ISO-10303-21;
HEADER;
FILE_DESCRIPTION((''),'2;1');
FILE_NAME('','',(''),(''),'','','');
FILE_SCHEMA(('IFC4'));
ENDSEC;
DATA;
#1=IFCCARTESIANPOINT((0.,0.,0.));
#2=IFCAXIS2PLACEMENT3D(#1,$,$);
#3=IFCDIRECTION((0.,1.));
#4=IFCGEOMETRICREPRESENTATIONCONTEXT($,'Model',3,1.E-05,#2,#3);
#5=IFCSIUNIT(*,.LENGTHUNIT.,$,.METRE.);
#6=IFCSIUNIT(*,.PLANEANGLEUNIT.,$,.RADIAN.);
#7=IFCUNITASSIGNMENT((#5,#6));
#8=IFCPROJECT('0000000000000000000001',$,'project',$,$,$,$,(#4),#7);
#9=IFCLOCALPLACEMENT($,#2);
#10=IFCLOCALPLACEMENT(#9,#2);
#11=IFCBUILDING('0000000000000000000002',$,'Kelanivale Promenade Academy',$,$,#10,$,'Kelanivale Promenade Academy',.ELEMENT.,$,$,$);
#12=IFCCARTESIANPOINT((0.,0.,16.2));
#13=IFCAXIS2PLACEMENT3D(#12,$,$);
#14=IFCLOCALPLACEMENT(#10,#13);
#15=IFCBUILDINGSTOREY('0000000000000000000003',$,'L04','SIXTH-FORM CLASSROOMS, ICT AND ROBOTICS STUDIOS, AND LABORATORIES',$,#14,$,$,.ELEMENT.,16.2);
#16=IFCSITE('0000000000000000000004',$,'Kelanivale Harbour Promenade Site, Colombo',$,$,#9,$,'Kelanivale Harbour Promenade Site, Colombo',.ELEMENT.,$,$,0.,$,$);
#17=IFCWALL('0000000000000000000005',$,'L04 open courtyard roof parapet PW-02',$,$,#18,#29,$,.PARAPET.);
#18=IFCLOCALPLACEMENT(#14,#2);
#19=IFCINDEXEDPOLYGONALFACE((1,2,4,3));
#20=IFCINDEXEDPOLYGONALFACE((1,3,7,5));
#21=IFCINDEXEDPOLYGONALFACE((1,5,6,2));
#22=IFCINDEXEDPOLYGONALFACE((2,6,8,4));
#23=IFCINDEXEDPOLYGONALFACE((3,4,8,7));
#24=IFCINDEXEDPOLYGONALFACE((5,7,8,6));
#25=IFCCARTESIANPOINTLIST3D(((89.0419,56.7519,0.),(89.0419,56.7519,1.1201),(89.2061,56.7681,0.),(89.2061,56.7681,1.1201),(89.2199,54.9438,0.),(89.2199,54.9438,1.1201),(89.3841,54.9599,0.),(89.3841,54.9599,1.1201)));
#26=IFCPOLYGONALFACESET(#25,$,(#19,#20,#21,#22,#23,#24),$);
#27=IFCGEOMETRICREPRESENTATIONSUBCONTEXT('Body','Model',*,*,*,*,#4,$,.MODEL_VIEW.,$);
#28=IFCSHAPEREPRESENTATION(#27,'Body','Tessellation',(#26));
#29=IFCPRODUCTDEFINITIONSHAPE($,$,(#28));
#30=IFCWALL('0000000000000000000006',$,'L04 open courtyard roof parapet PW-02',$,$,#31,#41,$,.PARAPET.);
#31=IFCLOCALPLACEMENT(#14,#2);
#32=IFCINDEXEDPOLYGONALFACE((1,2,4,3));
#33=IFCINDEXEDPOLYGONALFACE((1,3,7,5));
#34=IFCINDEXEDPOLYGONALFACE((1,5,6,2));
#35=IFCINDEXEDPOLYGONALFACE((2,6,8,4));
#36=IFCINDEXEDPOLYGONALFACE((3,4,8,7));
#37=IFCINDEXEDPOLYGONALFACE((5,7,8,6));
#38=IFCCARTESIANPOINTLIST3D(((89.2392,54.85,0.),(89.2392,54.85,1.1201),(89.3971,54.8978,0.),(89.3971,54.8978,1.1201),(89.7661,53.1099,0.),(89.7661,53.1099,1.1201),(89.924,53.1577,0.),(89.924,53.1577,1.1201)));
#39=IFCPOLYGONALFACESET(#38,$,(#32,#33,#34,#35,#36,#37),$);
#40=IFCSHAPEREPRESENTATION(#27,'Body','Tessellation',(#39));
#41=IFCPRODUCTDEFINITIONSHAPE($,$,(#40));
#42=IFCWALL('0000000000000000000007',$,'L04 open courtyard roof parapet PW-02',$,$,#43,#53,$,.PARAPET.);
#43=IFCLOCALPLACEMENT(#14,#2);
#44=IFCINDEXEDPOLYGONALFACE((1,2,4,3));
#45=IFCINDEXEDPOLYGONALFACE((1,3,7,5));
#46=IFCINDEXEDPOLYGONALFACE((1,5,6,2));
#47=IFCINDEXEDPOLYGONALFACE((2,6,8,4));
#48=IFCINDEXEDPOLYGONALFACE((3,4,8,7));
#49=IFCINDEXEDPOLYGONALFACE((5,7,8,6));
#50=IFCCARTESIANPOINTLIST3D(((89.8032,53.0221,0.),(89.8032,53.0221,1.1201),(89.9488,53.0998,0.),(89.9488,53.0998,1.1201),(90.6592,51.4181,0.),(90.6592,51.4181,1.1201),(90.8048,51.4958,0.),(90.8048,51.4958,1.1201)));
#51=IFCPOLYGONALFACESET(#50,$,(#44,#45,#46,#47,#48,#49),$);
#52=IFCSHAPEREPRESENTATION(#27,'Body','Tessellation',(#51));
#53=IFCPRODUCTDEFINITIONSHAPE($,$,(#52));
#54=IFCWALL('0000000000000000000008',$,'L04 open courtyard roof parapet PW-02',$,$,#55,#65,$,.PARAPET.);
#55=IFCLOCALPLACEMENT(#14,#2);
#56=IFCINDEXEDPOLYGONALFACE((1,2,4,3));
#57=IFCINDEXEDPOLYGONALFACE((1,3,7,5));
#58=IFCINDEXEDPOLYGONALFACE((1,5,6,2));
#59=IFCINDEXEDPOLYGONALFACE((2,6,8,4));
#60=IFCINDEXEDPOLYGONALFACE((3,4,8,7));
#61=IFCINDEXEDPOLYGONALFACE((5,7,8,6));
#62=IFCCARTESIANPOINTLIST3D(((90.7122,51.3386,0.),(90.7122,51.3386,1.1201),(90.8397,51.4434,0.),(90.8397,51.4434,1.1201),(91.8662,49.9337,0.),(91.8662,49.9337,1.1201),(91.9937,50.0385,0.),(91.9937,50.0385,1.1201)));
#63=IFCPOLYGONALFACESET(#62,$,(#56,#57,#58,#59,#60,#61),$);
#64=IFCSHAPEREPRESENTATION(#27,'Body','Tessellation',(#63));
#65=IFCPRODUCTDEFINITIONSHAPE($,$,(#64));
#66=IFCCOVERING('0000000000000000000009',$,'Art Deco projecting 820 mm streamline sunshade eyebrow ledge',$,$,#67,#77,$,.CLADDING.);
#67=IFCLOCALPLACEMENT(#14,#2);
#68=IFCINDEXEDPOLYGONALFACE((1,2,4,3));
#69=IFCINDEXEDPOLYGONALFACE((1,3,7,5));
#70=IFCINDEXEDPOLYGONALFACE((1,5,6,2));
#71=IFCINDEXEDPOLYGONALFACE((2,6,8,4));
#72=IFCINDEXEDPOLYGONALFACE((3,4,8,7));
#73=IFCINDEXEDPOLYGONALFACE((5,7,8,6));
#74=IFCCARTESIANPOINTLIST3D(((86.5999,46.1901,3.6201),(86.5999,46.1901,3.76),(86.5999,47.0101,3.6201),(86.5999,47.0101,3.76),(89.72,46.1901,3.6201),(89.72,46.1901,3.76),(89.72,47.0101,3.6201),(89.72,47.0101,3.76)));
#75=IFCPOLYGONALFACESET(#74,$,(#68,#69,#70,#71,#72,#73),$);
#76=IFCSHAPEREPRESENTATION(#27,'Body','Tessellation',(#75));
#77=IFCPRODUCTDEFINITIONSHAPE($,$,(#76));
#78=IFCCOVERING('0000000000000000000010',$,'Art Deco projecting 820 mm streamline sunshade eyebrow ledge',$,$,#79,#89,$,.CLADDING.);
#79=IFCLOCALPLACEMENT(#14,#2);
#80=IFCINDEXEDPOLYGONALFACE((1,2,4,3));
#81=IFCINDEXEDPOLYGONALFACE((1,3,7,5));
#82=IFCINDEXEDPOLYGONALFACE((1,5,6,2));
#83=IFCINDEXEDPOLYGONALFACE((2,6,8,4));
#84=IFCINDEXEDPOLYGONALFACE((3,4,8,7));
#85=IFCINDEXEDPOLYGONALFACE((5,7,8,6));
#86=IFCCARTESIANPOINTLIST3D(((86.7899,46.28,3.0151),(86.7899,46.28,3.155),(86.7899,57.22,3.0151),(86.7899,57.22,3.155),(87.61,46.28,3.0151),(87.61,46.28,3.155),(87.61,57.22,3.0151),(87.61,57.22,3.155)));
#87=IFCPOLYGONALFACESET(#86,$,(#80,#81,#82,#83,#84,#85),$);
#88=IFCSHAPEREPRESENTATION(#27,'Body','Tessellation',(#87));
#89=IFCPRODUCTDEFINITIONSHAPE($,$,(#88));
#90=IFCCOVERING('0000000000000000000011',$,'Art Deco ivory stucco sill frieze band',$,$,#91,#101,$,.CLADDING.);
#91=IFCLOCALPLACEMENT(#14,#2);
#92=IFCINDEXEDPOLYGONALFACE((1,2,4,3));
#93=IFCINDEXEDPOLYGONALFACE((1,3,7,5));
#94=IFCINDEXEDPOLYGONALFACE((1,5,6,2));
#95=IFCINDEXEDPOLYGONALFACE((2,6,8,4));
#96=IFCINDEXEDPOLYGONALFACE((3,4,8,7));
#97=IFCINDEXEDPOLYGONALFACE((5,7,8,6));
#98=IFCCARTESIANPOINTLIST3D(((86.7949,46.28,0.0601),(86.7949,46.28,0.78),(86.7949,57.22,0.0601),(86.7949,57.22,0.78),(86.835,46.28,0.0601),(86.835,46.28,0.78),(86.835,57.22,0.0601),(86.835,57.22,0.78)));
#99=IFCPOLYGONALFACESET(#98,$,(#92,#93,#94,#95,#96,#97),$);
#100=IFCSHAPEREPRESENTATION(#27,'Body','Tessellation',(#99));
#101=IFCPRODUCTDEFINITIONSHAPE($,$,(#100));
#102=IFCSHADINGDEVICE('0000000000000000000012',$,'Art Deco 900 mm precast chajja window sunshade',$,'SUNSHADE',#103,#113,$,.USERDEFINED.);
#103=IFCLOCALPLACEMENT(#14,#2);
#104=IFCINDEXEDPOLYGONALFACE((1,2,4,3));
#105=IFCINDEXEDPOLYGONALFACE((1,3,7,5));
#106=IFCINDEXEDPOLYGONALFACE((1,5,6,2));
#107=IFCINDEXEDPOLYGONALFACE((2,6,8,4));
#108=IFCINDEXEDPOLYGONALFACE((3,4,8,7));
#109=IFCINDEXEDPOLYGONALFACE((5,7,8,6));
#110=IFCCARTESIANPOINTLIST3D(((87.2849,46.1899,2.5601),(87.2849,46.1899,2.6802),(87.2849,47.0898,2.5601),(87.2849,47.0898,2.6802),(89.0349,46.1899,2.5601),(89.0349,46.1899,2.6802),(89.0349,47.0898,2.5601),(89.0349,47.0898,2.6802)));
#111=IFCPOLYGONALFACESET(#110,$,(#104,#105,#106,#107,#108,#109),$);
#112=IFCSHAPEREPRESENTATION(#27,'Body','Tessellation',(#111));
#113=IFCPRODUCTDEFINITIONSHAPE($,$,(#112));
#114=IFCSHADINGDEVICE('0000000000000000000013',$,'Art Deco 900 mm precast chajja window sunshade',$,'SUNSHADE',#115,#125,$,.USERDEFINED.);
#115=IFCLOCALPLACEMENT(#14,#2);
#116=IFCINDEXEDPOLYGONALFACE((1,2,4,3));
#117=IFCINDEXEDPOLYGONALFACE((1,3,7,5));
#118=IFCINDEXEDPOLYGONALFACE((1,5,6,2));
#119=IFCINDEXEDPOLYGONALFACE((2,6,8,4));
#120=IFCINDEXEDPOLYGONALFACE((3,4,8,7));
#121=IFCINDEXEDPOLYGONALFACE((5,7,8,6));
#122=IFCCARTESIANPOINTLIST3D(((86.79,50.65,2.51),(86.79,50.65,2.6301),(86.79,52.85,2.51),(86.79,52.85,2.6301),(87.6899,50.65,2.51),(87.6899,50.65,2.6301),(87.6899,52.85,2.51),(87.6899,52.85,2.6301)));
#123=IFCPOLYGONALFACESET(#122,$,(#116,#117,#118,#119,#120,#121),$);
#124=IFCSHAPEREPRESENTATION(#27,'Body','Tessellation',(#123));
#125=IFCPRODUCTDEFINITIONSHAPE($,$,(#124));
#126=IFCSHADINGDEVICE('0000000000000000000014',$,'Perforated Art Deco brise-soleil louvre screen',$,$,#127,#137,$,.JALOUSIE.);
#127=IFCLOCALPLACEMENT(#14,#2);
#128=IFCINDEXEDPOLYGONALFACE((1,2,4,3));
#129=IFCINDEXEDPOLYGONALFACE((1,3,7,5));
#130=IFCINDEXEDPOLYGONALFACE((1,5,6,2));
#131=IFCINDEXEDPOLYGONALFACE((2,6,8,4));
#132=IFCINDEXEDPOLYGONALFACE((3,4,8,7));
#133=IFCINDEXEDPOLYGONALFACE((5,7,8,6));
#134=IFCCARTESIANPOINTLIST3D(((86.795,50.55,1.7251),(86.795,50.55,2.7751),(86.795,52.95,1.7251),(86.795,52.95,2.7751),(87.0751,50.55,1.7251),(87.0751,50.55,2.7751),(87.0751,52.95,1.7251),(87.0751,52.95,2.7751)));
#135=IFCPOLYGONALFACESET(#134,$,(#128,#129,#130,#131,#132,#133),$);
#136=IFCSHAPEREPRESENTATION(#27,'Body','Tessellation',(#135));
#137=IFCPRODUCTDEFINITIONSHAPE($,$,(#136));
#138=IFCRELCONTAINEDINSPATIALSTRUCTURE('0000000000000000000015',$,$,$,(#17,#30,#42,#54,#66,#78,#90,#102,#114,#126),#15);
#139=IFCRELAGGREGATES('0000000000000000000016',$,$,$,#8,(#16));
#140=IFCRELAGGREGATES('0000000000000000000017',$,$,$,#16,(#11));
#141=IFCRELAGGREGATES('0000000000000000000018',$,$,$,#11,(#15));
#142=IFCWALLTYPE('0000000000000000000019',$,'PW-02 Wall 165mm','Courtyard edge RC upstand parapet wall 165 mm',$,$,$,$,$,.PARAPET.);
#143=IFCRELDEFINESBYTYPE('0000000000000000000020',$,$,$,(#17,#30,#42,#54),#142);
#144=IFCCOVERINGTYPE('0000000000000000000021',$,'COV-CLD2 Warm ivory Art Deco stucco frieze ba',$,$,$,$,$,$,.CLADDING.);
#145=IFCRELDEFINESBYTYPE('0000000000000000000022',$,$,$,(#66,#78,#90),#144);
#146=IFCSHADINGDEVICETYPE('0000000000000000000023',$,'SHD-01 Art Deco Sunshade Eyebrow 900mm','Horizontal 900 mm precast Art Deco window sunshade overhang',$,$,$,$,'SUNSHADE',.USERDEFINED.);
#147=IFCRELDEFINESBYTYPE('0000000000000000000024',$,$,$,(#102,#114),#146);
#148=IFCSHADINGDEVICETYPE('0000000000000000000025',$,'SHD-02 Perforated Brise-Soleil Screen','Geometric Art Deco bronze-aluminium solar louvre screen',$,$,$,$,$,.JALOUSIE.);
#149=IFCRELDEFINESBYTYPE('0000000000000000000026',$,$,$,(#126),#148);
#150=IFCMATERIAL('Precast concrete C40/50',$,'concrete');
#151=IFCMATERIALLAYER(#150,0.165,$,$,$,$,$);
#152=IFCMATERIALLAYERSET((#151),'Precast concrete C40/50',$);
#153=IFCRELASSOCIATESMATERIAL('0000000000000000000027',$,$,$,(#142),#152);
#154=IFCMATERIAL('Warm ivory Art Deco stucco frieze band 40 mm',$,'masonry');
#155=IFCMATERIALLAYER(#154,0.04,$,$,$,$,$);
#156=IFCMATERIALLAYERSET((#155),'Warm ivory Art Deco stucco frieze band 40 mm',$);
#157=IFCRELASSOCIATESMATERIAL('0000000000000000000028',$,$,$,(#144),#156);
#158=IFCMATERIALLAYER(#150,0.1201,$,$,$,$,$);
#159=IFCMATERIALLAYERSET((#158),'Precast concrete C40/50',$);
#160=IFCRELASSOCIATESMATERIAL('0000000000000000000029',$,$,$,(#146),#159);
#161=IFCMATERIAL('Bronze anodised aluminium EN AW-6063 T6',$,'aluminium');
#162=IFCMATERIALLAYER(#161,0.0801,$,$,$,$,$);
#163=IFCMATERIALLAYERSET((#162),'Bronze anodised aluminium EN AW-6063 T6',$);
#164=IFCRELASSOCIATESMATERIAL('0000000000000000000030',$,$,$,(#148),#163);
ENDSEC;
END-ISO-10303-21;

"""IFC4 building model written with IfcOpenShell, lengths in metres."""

from ifc_helpers import new_model, si_unit, direction, frame, frame_2d, origin, origin_2d, place, context, subcontext, project, spatial, rectangle, extrude, material, layer, layer_set, type_object, element, save


model = new_model("IFC4")

# Units and contexts
model_context = context("Model", 3, precision=1e-05, world=origin(), true_north=direction((0.0, 1.0)))
body_context = subcontext(model_context, "Body", "Model", "MODEL_VIEW")
ifc_project = project(units=[si_unit("LENGTHUNIT", "METRE"), si_unit("PLANEANGLEUNIT", "RADIAN")], contexts=[model_context])

# Site, building, storey
site_placement = place(None, origin())
site = spatial("IfcSite", under=ifc_project, at=site_placement, Name="Kelanivale Harbour Promenade Site, Colombo", LongName="Kelanivale Harbour Promenade Site, Colombo", CompositionType="ELEMENT", RefElevation=0.0)
building_placement = place(site_placement, origin())
building = spatial("IfcBuilding", under=site, at=building_placement, Name="Kelanivale Promenade Academy", LongName="Kelanivale Promenade Academy", CompositionType="ELEMENT")
storey_placement = place(building_placement, frame((0.0, 0.0, 16.2)))
storey = spatial("IfcBuildingStorey", under=building, at=storey_placement, Name="L04", Description="SIXTH-FORM CLASSROOMS, ICT AND ROBOTICS STUDIOS, AND LABORATORIES", CompositionType="ELEMENT", Elevation=16.2)

# Walls
ifc_material_1 = material(Name="Precast concrete C40/50", Category="concrete")
ifc_layer_1 = layer(ifc_material_1, 0.165)
ifc_layer_set_1 = layer_set([ifc_layer_1], Name="Precast concrete C40/50")
wall_type_1 = type_object("IfcWallType", Name="PW-02 Wall 165mm", Description="Courtyard edge RC upstand parapet wall 165 mm", PredefinedType="PARAPET", material=ifc_layer_set_1)
wall_1_placement = place(storey_placement, frame((89.124, 56.76, 0.0), z_axis=(0.0, 0.0, 1.0), x_axis=(0.09796, -0.99519, 0.0)))
element("IfcWall", 1, at=wall_1_placement, inside=storey, type_object=wall_type_1, Name="L04 open courtyard roof parapet PW-02", PredefinedType="PARAPET", context=body_context, shape_type="SweptSolid", body=[
    extrude(rectangle(XDim=1.8169, YDim=0.165, at=frame_2d((0.9084, 0.0))), origin(), (0.0, 0.0, 1.0), 1.1201),
])
for number, where, z_axis, x_axis, name in (
    (2, (89.3181, 54.874, 0.0), (0.0, 0.0, 1.0), (0.289799, -0.957088, 0.0), "L04 open courtyard roof parapet PW-02"),
    (3, (89.876, 53.061, 0.0), (0.0, 0.0, 1.0), (0.470797, -0.882241, 0.0), "L04 open courtyard roof parapet PW-02"),
    (4, (90.7759, 51.3911, 0.0), (0.0, 0.0, 1.0), (0.634714, -0.772747, 0.0), "L04 open courtyard roof parapet PW-02"),
):
    element("IfcWall", number, at=place(storey_placement, frame(where, z_axis=z_axis, x_axis=x_axis)), inside=storey, type_object=wall_type_1, Name=name, PredefinedType="PARAPET", context=body_context, shape_type="SweptSolid", body=[
        extrude(rectangle(XDim=1.8181, YDim=0.165, at=frame_2d((0.9092, 0.0))), origin(), (0.0, 0.0, 1.0), 1.1201),
    ])

# Coverings
ifc_material_2 = material(Name="Warm ivory Art Deco stucco frieze band 40 mm", Category="masonry")
ifc_layer_2 = layer(ifc_material_2, 0.04)
ifc_layer_set_2 = layer_set([ifc_layer_2], Name="Warm ivory Art Deco stucco frieze band 40 mm")
covering_type = type_object("IfcCoveringType", Name="COV-CLD2 Warm ivory Art Deco stucco frieze ba", PredefinedType="CLADDING", material=ifc_layer_set_2)
covering_1_placement = place(storey_placement, frame((88.1599, 46.6001, 3.6201), z_axis=(0.0, 0.0, 1.0), x_axis=(-1.0, 0.0, 0.0)))
element("IfcCovering", 5, at=covering_1_placement, inside=storey, type_object=covering_type, Name="Art Deco projecting 820 mm streamline sunshade eyebrow ledge", PredefinedType="CLADDING", context=body_context, shape_type="SweptSolid", body=[
    extrude(rectangle(XDim=3.1201, YDim=0.8201, at=origin_2d()), origin(), (0.0, 0.0, 1.0), 0.1399),
])
covering_2_placement = place(storey_placement, frame((87.2, 51.75, 3.0151), z_axis=(0.0, 0.0, 1.0), x_axis=(0.0, 1.0, 0.0)))
element("IfcCovering", 6, at=covering_2_placement, inside=storey, type_object=covering_type, Name="Art Deco projecting 820 mm streamline sunshade eyebrow ledge", PredefinedType="CLADDING", context=body_context, shape_type="SweptSolid", body=[
    extrude(rectangle(XDim=10.9399, YDim=0.8201, at=origin_2d()), origin(), (0.0, 0.0, 1.0), 0.1399),
])
covering_3_placement = place(storey_placement, frame((86.8149, 51.75, 0.0601), z_axis=(0.0, 0.0, 1.0), x_axis=(0.0, 1.0, 0.0)))
element("IfcCovering", 7, at=covering_3_placement, inside=storey, type_object=covering_type, Name="Art Deco ivory stucco sill frieze band", PredefinedType="CLADDING", context=body_context, shape_type="SweptSolid", body=[
    extrude(rectangle(XDim=10.9399, YDim=0.04, at=origin_2d()), origin(), (0.0, 0.0, 1.0), 0.72),
])

# Shading devices
ifc_layer_3 = layer(ifc_material_1, 0.1201)
ifc_layer_set_3 = layer_set([ifc_layer_3], Name="Precast concrete C40/50")
shading_device_type_1 = type_object("IfcShadingDeviceType", Name="SHD-01 Art Deco Sunshade Eyebrow 900mm", Description="Horizontal 900 mm precast Art Deco window sunshade overhang", ElementType="SUNSHADE", PredefinedType="USERDEFINED", material=ifc_layer_set_3)
shading_device_1_placement = place(storey_placement, frame((88.1599, 46.6399, 2.5601), z_axis=(0.0, 0.0, 1.0), x_axis=(-1.0, 0.0, 0.0)))
element("IfcShadingDevice", 8, at=shading_device_1_placement, inside=storey, type_object=shading_device_type_1, Name="Art Deco 900 mm precast chajja window sunshade", ObjectType="SUNSHADE", PredefinedType="USERDEFINED", context=body_context, shape_type="SweptSolid", body=[
    extrude(rectangle(XDim=1.75, YDim=0.8999, at=origin_2d()), origin(), (0.0, 0.0, 1.0), 0.1201),
])
shading_device_2_placement = place(storey_placement, frame((87.24, 51.75, 2.51), z_axis=(0.0, 0.0, 1.0), x_axis=(0.0, 1.0, 0.0)))
element("IfcShadingDevice", 9, at=shading_device_2_placement, inside=storey, type_object=shading_device_type_1, Name="Art Deco 900 mm precast chajja window sunshade", ObjectType="SUNSHADE", PredefinedType="USERDEFINED", context=body_context, shape_type="SweptSolid", body=[
    extrude(rectangle(XDim=2.2, YDim=0.8999, at=origin_2d()), origin(), (0.0, 0.0, 1.0), 0.1201),
])
ifc_material_3 = material(Name="Bronze anodised aluminium EN AW-6063 T6", Category="aluminium")
ifc_layer_4 = layer(ifc_material_3, 0.0801)
ifc_layer_set_4 = layer_set([ifc_layer_4], Name="Bronze anodised aluminium EN AW-6063 T6")
shading_device_type_2 = type_object("IfcShadingDeviceType", Name="SHD-02 Perforated Brise-Soleil Screen", Description="Geometric Art Deco bronze-aluminium solar louvre screen", PredefinedType="JALOUSIE", material=ifc_layer_set_4)
shading_device_3_placement = place(storey_placement, frame((86.9351, 51.75, 1.7251), z_axis=(0.0, 0.0, 1.0), x_axis=(0.0, 1.0, 0.0)))
element("IfcShadingDevice", 10, at=shading_device_3_placement, inside=storey, type_object=shading_device_type_2, Name="Perforated Art Deco brise-soleil louvre screen", PredefinedType="JALOUSIE", context=body_context, shape_type="SweptSolid", body=[
    extrude(rectangle(XDim=2.3999, YDim=0.28, at=origin_2d()), origin(), (0.0, 0.0, 1.0), 1.05),
])

save(model, "model.ifc")
